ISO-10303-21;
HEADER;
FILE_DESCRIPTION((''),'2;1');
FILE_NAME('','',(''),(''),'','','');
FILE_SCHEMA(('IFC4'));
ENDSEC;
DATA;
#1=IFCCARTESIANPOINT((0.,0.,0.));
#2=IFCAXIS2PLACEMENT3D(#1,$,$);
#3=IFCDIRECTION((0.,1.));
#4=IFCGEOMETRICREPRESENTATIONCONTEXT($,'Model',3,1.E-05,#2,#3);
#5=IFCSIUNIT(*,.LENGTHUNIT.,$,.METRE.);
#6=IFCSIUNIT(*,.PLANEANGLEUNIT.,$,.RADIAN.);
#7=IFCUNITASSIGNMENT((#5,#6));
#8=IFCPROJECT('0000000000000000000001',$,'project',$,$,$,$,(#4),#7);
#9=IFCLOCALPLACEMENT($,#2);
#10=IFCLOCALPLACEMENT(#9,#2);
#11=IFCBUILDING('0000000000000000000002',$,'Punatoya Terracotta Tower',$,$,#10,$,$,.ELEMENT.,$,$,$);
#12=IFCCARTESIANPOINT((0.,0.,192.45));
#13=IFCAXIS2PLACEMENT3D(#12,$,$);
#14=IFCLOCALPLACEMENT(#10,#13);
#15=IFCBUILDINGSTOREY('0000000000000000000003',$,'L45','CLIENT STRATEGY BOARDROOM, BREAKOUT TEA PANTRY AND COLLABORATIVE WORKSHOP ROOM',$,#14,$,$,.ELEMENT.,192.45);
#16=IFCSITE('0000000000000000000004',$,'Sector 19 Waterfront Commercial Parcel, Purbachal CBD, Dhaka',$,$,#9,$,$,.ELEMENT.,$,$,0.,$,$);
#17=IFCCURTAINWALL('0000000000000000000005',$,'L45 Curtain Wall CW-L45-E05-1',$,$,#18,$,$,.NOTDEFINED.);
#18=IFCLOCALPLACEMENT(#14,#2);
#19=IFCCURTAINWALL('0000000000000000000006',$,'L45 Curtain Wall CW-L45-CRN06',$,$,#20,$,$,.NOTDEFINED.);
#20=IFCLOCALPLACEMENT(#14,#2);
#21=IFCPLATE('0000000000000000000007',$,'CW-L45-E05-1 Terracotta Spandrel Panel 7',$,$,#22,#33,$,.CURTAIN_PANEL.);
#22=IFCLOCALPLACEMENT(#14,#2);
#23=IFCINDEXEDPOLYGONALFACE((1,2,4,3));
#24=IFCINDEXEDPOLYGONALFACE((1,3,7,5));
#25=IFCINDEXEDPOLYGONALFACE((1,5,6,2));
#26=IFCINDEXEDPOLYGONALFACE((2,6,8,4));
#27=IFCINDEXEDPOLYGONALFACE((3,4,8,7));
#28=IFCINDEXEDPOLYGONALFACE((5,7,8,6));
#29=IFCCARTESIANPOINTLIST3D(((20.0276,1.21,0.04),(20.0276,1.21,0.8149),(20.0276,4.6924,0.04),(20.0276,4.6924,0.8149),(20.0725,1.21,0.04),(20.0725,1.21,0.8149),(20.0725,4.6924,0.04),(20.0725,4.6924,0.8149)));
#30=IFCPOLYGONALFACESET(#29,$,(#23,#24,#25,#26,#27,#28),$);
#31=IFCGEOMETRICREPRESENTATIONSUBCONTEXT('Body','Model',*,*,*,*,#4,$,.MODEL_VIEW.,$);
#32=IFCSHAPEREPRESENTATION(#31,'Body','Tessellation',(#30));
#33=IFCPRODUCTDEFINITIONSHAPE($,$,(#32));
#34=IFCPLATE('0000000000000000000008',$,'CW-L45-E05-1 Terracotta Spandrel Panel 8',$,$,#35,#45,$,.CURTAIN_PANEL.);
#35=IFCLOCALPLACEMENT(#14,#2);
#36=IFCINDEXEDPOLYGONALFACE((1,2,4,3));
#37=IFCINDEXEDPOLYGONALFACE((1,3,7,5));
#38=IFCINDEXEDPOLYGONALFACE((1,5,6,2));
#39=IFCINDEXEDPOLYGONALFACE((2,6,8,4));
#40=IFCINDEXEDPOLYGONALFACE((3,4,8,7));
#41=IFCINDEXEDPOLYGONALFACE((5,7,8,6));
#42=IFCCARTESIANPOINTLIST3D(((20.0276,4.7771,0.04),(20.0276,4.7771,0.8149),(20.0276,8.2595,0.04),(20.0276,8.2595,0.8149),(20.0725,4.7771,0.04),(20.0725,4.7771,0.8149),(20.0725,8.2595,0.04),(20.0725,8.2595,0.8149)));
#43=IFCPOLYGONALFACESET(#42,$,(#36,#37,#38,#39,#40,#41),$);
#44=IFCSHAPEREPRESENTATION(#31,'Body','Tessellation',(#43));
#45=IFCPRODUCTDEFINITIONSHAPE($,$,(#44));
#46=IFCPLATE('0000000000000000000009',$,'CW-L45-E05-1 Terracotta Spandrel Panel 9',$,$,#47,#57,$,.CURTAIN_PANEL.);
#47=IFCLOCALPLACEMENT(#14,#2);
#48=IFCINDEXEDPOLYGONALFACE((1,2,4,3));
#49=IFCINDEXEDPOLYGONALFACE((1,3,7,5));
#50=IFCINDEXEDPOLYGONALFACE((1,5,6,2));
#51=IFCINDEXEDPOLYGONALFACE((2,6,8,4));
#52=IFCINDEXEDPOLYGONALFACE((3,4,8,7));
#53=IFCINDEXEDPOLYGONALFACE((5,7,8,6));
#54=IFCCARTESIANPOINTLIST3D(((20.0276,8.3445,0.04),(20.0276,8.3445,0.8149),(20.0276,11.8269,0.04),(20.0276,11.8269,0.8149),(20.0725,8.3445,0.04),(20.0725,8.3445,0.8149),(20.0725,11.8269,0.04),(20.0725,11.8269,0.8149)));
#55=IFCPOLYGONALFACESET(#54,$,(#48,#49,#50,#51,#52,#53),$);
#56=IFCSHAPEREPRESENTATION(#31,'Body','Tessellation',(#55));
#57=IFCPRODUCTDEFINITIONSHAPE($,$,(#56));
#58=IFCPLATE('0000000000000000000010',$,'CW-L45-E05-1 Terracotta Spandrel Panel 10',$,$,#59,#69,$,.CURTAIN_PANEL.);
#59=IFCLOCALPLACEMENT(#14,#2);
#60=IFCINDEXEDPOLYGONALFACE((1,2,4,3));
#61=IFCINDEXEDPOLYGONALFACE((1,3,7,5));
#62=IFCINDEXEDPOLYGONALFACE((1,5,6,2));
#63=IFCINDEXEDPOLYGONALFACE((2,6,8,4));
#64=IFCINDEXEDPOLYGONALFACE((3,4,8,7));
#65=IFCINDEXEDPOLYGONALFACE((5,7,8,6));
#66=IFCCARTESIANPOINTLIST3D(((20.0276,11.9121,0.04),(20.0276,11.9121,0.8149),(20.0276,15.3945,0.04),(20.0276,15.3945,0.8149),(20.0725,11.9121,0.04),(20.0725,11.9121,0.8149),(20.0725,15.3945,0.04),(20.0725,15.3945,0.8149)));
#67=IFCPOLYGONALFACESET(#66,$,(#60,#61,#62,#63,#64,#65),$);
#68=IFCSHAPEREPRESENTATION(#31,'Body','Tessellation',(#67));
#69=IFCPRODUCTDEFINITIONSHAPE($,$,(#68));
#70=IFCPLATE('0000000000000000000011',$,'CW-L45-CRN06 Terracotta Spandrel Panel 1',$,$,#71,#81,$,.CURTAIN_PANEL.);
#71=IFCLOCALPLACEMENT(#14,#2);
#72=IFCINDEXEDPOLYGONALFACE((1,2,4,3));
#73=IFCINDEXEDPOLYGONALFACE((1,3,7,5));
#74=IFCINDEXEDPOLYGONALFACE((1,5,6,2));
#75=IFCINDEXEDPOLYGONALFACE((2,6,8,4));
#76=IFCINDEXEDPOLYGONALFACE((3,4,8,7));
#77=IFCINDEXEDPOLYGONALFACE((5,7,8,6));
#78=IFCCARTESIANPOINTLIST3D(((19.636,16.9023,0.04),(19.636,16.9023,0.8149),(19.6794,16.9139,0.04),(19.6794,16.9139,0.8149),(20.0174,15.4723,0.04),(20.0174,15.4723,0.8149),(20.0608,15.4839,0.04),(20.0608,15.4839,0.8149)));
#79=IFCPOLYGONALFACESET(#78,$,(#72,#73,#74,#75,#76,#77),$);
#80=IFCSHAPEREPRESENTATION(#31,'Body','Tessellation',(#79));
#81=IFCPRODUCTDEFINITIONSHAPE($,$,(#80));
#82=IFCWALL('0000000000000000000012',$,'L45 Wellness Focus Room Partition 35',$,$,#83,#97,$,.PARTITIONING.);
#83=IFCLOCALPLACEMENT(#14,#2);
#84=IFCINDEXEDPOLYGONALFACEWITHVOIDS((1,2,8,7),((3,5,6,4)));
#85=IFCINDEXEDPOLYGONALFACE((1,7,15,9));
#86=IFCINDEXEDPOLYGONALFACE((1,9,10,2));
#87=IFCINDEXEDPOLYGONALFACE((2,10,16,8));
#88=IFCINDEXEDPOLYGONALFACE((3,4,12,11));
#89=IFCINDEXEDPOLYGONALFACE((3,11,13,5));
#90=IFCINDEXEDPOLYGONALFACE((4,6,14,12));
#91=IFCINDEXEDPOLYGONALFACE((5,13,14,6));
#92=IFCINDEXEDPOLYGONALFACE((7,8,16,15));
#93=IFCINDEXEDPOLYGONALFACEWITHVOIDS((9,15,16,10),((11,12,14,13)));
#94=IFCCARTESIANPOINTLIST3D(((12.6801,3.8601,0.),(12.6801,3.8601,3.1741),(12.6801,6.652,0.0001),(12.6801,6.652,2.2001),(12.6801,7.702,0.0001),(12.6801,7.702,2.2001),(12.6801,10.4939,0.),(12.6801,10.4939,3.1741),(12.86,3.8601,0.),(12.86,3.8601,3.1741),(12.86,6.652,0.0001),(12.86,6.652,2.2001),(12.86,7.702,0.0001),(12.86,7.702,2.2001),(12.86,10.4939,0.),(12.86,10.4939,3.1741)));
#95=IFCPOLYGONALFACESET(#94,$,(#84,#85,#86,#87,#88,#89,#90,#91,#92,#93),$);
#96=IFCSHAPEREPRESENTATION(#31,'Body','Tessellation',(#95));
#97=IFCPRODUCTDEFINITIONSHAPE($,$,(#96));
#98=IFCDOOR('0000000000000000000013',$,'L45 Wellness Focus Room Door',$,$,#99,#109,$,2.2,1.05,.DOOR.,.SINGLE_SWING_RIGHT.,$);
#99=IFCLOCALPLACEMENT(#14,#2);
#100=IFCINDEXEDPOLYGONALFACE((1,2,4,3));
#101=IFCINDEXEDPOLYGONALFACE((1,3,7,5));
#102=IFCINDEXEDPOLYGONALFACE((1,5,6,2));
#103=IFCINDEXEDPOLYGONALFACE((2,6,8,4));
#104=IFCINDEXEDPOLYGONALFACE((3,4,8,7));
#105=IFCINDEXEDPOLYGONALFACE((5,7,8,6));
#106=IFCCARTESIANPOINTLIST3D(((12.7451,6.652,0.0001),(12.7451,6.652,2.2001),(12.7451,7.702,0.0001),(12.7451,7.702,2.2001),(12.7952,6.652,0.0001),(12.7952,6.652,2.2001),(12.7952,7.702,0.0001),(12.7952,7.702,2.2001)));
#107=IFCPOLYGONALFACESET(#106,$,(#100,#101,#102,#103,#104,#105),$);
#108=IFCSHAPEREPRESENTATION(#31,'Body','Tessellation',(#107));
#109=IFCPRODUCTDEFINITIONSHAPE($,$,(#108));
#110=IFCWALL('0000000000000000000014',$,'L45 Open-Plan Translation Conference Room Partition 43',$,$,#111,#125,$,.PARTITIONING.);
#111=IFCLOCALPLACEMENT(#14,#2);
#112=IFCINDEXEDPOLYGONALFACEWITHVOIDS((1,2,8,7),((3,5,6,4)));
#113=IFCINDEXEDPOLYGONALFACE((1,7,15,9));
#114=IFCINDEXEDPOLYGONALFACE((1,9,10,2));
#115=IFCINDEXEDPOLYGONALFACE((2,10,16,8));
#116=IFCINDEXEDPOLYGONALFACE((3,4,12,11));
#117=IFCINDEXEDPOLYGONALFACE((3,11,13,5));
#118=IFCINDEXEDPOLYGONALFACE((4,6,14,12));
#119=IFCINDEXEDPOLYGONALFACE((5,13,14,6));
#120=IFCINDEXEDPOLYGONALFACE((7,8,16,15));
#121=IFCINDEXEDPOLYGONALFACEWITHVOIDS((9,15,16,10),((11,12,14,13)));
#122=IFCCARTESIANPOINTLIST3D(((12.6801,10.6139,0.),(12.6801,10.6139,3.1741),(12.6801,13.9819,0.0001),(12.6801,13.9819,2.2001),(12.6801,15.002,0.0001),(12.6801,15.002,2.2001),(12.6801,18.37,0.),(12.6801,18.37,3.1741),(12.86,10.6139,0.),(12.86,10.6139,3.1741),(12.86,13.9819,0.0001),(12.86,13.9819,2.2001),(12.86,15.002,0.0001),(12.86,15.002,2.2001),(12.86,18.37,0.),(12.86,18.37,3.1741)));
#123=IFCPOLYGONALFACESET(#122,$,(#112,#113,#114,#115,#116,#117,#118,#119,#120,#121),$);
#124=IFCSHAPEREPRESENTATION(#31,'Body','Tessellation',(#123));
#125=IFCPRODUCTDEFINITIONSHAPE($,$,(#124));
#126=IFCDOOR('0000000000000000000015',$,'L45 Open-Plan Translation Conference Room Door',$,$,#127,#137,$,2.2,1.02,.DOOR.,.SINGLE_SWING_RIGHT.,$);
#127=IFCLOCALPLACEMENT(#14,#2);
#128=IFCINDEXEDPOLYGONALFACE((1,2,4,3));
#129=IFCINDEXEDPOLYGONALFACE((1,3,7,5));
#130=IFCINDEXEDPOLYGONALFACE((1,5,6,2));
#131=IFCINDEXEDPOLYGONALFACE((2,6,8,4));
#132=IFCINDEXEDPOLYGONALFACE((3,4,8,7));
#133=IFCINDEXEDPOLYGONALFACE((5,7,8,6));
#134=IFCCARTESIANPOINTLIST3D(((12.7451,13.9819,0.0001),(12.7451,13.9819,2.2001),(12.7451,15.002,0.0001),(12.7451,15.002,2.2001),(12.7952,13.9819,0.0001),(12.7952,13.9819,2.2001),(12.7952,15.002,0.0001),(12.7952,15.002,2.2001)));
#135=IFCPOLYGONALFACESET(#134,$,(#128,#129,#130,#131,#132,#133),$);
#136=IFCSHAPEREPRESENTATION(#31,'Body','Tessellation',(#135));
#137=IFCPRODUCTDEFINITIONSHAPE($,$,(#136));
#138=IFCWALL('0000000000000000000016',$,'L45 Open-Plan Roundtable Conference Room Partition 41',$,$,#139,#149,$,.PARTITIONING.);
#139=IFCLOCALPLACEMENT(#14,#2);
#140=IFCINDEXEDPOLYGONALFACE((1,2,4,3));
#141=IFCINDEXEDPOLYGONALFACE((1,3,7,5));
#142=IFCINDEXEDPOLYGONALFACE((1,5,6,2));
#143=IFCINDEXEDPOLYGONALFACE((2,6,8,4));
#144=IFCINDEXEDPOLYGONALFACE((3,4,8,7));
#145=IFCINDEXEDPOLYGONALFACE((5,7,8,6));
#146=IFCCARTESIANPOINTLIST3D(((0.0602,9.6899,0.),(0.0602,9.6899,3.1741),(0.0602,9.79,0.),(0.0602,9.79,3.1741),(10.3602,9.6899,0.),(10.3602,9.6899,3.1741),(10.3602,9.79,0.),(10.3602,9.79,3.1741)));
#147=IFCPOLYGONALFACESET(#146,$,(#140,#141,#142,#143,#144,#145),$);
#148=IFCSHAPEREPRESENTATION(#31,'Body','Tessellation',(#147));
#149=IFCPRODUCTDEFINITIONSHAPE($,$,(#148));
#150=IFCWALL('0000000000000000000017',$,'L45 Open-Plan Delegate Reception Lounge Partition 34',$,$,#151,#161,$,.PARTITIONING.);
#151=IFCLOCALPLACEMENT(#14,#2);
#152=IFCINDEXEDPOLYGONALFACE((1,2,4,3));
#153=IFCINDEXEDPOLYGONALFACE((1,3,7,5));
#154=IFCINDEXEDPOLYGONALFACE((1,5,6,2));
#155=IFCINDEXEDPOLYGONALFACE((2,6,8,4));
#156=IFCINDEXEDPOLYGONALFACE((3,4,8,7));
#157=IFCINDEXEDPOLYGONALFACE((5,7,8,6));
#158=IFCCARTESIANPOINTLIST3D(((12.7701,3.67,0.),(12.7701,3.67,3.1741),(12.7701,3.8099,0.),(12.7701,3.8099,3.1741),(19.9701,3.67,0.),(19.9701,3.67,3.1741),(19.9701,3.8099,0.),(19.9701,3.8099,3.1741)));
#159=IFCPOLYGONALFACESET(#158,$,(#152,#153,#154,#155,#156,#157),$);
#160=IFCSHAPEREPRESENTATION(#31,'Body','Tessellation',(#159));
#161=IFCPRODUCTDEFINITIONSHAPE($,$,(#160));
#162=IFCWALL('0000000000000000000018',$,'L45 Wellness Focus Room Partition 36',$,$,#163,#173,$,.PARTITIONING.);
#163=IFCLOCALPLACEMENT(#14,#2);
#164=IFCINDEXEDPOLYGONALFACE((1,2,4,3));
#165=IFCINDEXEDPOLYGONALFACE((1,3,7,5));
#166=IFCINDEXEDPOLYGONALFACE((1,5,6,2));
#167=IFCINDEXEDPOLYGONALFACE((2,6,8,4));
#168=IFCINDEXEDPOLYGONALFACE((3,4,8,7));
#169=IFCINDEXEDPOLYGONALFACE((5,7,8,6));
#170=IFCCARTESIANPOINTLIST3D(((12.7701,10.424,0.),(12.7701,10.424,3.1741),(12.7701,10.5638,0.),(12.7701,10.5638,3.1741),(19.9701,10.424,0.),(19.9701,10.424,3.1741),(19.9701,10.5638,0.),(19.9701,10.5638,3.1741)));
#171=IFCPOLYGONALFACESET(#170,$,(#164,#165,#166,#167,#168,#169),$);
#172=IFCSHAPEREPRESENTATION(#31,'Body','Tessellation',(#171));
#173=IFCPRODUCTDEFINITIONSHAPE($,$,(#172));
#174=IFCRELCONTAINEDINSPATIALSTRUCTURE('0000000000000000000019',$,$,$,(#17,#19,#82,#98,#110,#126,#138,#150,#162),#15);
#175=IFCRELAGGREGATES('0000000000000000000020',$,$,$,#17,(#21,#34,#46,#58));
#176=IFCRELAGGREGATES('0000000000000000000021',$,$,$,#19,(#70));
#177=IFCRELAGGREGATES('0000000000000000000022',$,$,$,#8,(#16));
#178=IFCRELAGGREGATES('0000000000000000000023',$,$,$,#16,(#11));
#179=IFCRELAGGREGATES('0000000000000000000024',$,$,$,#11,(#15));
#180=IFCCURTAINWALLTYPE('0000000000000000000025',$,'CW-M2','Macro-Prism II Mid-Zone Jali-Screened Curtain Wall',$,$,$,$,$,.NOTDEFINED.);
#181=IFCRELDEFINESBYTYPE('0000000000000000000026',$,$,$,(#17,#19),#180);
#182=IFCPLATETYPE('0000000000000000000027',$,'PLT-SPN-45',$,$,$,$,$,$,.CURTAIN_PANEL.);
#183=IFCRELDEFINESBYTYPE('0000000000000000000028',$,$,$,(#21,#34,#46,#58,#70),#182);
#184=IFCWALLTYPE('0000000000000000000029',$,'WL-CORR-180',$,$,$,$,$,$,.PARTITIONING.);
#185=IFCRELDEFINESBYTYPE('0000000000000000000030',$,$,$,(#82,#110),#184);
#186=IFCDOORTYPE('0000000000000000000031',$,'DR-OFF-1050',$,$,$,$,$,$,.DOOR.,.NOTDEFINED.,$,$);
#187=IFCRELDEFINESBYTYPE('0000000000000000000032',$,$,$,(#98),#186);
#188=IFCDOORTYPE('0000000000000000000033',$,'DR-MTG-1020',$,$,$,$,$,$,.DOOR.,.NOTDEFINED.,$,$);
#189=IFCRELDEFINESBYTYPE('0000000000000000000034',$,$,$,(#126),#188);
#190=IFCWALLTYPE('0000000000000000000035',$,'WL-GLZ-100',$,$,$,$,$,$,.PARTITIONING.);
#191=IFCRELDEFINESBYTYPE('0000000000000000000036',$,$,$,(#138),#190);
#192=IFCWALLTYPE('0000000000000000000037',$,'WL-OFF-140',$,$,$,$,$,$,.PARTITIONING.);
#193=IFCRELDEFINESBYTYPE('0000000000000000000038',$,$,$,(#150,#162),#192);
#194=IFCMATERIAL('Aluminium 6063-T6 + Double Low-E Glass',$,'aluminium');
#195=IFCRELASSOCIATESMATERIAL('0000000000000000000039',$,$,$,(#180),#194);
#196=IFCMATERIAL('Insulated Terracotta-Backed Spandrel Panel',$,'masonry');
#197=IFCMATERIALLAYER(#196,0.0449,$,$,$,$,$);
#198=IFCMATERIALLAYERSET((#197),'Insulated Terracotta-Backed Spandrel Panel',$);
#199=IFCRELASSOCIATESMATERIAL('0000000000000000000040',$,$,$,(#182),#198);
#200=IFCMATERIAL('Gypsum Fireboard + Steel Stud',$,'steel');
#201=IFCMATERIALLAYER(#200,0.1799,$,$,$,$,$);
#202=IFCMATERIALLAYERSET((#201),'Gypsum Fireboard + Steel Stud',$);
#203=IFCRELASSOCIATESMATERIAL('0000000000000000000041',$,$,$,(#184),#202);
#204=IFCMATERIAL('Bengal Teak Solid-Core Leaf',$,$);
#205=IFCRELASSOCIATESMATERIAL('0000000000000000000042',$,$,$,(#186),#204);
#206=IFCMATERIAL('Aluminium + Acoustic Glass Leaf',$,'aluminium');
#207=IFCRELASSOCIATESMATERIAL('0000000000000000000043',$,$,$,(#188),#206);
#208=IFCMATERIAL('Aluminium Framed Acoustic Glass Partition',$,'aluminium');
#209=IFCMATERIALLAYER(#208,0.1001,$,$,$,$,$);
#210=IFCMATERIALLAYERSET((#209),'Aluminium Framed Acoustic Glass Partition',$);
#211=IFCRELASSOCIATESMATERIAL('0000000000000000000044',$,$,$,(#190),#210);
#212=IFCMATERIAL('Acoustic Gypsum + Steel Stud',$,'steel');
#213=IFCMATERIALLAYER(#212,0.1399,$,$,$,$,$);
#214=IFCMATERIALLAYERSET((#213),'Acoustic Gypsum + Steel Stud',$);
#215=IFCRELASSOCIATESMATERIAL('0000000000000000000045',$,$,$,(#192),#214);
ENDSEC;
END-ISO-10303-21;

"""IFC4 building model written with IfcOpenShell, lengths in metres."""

from ifc_helpers import new_model, si_unit, direction, frame, frame_2d, origin, origin_2d, place, context, subcontext, project, spatial, rectangle, extrude, material, layer, layer_set, type_object, element, fill, aggregate, save


model = new_model("IFC4")

# Units and contexts
model_context = context("Model", 3, precision=1e-05, world=origin(), true_north=direction((0.0, 1.0)))
body_context = subcontext(model_context, "Body", "Model", "MODEL_VIEW")
ifc_project = project(units=[si_unit("LENGTHUNIT", "METRE"), si_unit("PLANEANGLEUNIT", "RADIAN")], contexts=[model_context])

# Site, building, storey
site_placement = place(None, origin())
site = spatial("IfcSite", under=ifc_project, at=site_placement, Name="Sector 19 Waterfront Commercial Parcel, Purbachal CBD, Dhaka", CompositionType="ELEMENT", RefElevation=0.0)
building_placement = place(site_placement, origin())
building = spatial("IfcBuilding", under=site, at=building_placement, Name="Punatoya Terracotta Tower", CompositionType="ELEMENT")
storey_placement = place(building_placement, frame((0.0, 0.0, 192.45)))
storey = spatial("IfcBuildingStorey", under=building, at=storey_placement, Name="L45", Description="CLIENT STRATEGY BOARDROOM, BREAKOUT TEA PANTRY AND COLLABORATIVE WORKSHOP ROOM", CompositionType="ELEMENT", Elevation=192.45)

# Curtain walls
ifc_material_1 = material(Name="Aluminium 6063-T6 + Double Low-E Glass", Category="aluminium")
curtain_wall_type = type_object("IfcCurtainWallType", Name="CW-M2", Description="Macro-Prism II Mid-Zone Jali-Screened Curtain Wall", PredefinedType="NOTDEFINED", material=ifc_material_1)
curtain_wall_1_placement = place(storey_placement, origin())
curtain_wall_1 = element("IfcCurtainWall", 1, at=curtain_wall_1_placement, inside=storey, type_object=curtain_wall_type, Name="L45 Curtain Wall CW-L45-E05-1", PredefinedType="NOTDEFINED")
curtain_wall_2_placement = place(storey_placement, origin())
curtain_wall_2 = element("IfcCurtainWall", 2, at=curtain_wall_2_placement, inside=storey, type_object=curtain_wall_type, Name="L45 Curtain Wall CW-L45-CRN06", PredefinedType="NOTDEFINED")

# Plates
ifc_material_2 = material(Name="Insulated Terracotta-Backed Spandrel Panel", Category="masonry")
ifc_layer_1 = layer(ifc_material_2, 0.0449)
ifc_layer_set_1 = layer_set([ifc_layer_1], Name="Insulated Terracotta-Backed Spandrel Panel")
plate_type_1 = type_object("IfcPlateType", Name="PLT-SPN-45", PredefinedType="CURTAIN_PANEL", material=ifc_layer_set_1)
plate_1_placement = place(storey_placement, frame((20.05, 2.9512, 0.04), z_axis=(0.0, 0.0, 1.0), x_axis=(0.0, 1.0, 0.0)))
plate_1 = element("IfcPlate", 3, at=plate_1_placement, type_object=plate_type_1, Name="CW-L45-E05-1 Terracotta Spandrel Panel 7", PredefinedType="CURTAIN_PANEL", context=body_context, shape_type="SweptSolid", body=[
    extrude(rectangle(XDim=3.4824, YDim=0.0449, at=origin_2d()), origin(), (0.0, 0.0, 1.0), 0.7749),
])
plate_2_placement = place(storey_placement, frame((20.05, 6.5183, 0.04), z_axis=(0.0, 0.0, 1.0), x_axis=(0.0, 1.0, 0.0)))
plate_2 = element("IfcPlate", 4, at=plate_2_placement, type_object=plate_type_1, Name="CW-L45-E05-1 Terracotta Spandrel Panel 8", PredefinedType="CURTAIN_PANEL", context=body_context, shape_type="SweptSolid", body=[
    extrude(rectangle(XDim=3.4824, YDim=0.0449, at=origin_2d()), origin(), (0.0, 0.0, 1.0), 0.7749),
])
plate_3_placement = place(storey_placement, frame((20.05, 10.0857, 0.04), z_axis=(0.0, 0.0, 1.0), x_axis=(0.0, 1.0, 0.0)))
plate_3 = element("IfcPlate", 5, at=plate_3_placement, type_object=plate_type_1, Name="CW-L45-E05-1 Terracotta Spandrel Panel 9", PredefinedType="CURTAIN_PANEL", context=body_context, shape_type="SweptSolid", body=[
    extrude(rectangle(XDim=3.4824, YDim=0.0449, at=origin_2d()), origin(), (0.0, 0.0, 1.0), 0.7749),
])
plate_4_placement = place(storey_placement, frame((20.05, 13.6533, 0.04), z_axis=(0.0, 0.0, 1.0), x_axis=(0.0, 1.0, 0.0)))
plate_4 = element("IfcPlate", 6, at=plate_4_placement, type_object=plate_type_1, Name="CW-L45-E05-1 Terracotta Spandrel Panel 10", PredefinedType="CURTAIN_PANEL", context=body_context, shape_type="SweptSolid", body=[
    extrude(rectangle(XDim=3.4824, YDim=0.0449, at=origin_2d()), origin(), (0.0, 0.0, 1.0), 0.7749),
])
aggregate(curtain_wall_1, [plate_1, plate_2, plate_3, plate_4])
plate_5_placement = place(storey_placement, frame((19.8484, 16.1931, 0.04), z_axis=(0.0, 0.0, 1.0), x_axis=(-0.257742, 0.966214, 0.0)))
plate_5 = element("IfcPlate", 7, at=plate_5_placement, type_object=plate_type_1, Name="CW-L45-CRN06 Terracotta Spandrel Panel 1", PredefinedType="CURTAIN_PANEL", context=body_context, shape_type="SweptSolid", body=[
    extrude(rectangle(XDim=1.48, YDim=0.0449, at=origin_2d()), origin(), (0.0, 0.0, 1.0), 0.7749),
])
aggregate(curtain_wall_2, [plate_5])

# Walls, openings, doors
ifc_material_3 = material(Name="Gypsum Fireboard + Steel Stud", Category="steel")
ifc_layer_2 = layer(ifc_material_3, 0.1799)
ifc_layer_set_2 = layer_set([ifc_layer_2], Name="Gypsum Fireboard + Steel Stud")
wall_type_1 = type_object("IfcWallType", Name="WL-CORR-180", PredefinedType="PARTITIONING", material=ifc_layer_set_2)
wall_1_placement = place(storey_placement, frame((12.77, 3.8601, 0.0), z_axis=(0.0, 0.0, 1.0), x_axis=(0.0, 1.0, 0.0)))
wall_1 = element("IfcWall", 8, at=wall_1_placement, inside=storey, type_object=wall_type_1, Name="L45 Wellness Focus Room Partition 35", PredefinedType="PARTITIONING", context=body_context, shape_type="SweptSolid", body=[
    extrude(rectangle(XDim=6.6338, YDim=0.1799, at=frame_2d((3.3169, 0.0))), origin(), (0.0, 0.0, 1.0), 3.1741),
])
opening_1_placement = place(wall_1_placement, frame((2.792, 0.0, 0.0)))
opening_1 = element("IfcOpeningElement", 9, at=opening_1_placement, cuts=wall_1, PredefinedType="OPENING", context=body_context, shape_type="SweptSolid", body=[
    extrude(rectangle(XDim=1.05, YDim=2.2, at=frame_2d((0.5249, 1.1001))), frame((0.0, 0.0999, 0.0), z_axis=(0.0, -1.0, 0.0), x_axis=(1.0, 0.0, 0.0)), (0.0, 0.0, 1.0), 0.2),
])
ifc_material_4 = material(Name="Bengal Teak Solid-Core Leaf")
door_type_1 = type_object("IfcDoorType", Name="DR-OFF-1050", OperationType="NOTDEFINED", PredefinedType="DOOR", material=ifc_material_4)
door_1_placement = place(opening_1_placement, origin())
door_1 = element("IfcDoor", 10, at=door_1_placement, inside=storey, type_object=door_type_1, Name="L45 Wellness Focus Room Door", OperationType="SINGLE_SWING_RIGHT", OverallHeight=2.2, OverallWidth=1.05, PredefinedType="DOOR", context=body_context, shape_type="SweptSolid", body=[
    extrude(rectangle(XDim=1.05, YDim=2.2, at=frame_2d((0.5249, 1.1001))), frame((0.0, 0.0249, 0.0), z_axis=(0.0, -1.0, 0.0), x_axis=(1.0, 0.0, 0.0)), (0.0, 0.0, 1.0), 0.05),
])
fill(opening_1, door_1)
wall_2_placement = place(storey_placement, frame((12.77, 10.614, 0.0), z_axis=(0.0, 0.0, 1.0), x_axis=(0.0, 1.0, 0.0)))
wall_2 = element("IfcWall", 11, at=wall_2_placement, inside=storey, type_object=wall_type_1, Name="L45 Open-Plan Translation Conference Room Partition 43", PredefinedType="PARTITIONING", context=body_context, shape_type="SweptSolid", body=[
    extrude(rectangle(XDim=7.7561, YDim=0.1799, at=frame_2d((3.8779, 0.0))), origin(), (0.0, 0.0, 1.0), 3.1741),
])
opening_2_placement = place(wall_2_placement, frame((3.3679, 0.0, 0.0)))
opening_2 = element("IfcOpeningElement", 12, at=opening_2_placement, cuts=wall_2, PredefinedType="OPENING", context=body_context, shape_type="SweptSolid", body=[
    extrude(rectangle(XDim=1.02, YDim=2.2, at=frame_2d((0.51, 1.1001))), frame((0.0, 0.0999, 0.0), z_axis=(0.0, -1.0, 0.0), x_axis=(1.0, 0.0, 0.0)), (0.0, 0.0, 1.0), 0.2),
])
ifc_material_5 = material(Name="Aluminium + Acoustic Glass Leaf", Category="aluminium")
door_type_2 = type_object("IfcDoorType", Name="DR-MTG-1020", OperationType="NOTDEFINED", PredefinedType="DOOR", material=ifc_material_5)
door_2_placement = place(opening_2_placement, origin())
door_2 = element("IfcDoor", 13, at=door_2_placement, inside=storey, type_object=door_type_2, Name="L45 Open-Plan Translation Conference Room Door", OperationType="SINGLE_SWING_RIGHT", OverallHeight=2.2, OverallWidth=1.02, PredefinedType="DOOR", context=body_context, shape_type="SweptSolid", body=[
    extrude(rectangle(XDim=1.02, YDim=2.2, at=frame_2d((0.51, 1.1001))), frame((0.0, 0.0249, 0.0), z_axis=(0.0, -1.0, 0.0), x_axis=(1.0, 0.0, 0.0)), (0.0, 0.0, 1.0), 0.05),
])
fill(opening_2, door_2)

# Walls
ifc_material_6 = material(Name="Aluminium Framed Acoustic Glass Partition", Category="aluminium")
ifc_layer_3 = layer(ifc_material_6, 0.1001)
ifc_layer_set_3 = layer_set([ifc_layer_3], Name="Aluminium Framed Acoustic Glass Partition")
wall_type_2 = type_object("IfcWallType", Name="WL-GLZ-100", PredefinedType="PARTITIONING", material=ifc_layer_set_3)
wall_3_placement = place(storey_placement, frame((10.3601, 9.74, 0.0), z_axis=(0.0, 0.0, 1.0), x_axis=(-1.0, 0.0, 0.0)))
element("IfcWall", 14, at=wall_3_placement, inside=storey, type_object=wall_type_2, Name="L45 Open-Plan Roundtable Conference Room Partition 41", PredefinedType="PARTITIONING", context=body_context, shape_type="SweptSolid", body=[
    extrude(rectangle(XDim=10.3, YDim=0.1001, at=frame_2d((5.1499, 0.0))), origin(), (0.0, 0.0, 1.0), 3.1741),
])
ifc_material_7 = material(Name="Acoustic Gypsum + Steel Stud", Category="steel")
ifc_layer_4 = layer(ifc_material_7, 0.1399)
ifc_layer_set_4 = layer_set([ifc_layer_4], Name="Acoustic Gypsum + Steel Stud")
wall_type_3 = type_object("IfcWallType", Name="WL-OFF-140", PredefinedType="PARTITIONING", material=ifc_layer_set_4)
for number, where, z_axis, x_axis, name in (
    (15, (12.77, 3.74, 0.0), (0.0, 0.0, 1.0), (1.0, 0.0, 0.0), "L45 Open-Plan Delegate Reception Lounge Partition 34"),
    (16, (12.77, 10.4939, 0.0), (0.0, 0.0, 1.0), (1.0, 0.0, 0.0), "L45 Wellness Focus Room Partition 36"),
):
    element("IfcWall", number, at=place(storey_placement, frame(where, z_axis=z_axis, x_axis=x_axis)), inside=storey, type_object=wall_type_3, Name=name, PredefinedType="PARTITIONING", context=body_context, shape_type="SweptSolid", body=[
        extrude(rectangle(XDim=7.2, YDim=0.1399, at=frame_2d((3.6001, 0.0))), origin(), (0.0, 0.0, 1.0), 3.1741),
    ])

save(model, "model.ifc")
